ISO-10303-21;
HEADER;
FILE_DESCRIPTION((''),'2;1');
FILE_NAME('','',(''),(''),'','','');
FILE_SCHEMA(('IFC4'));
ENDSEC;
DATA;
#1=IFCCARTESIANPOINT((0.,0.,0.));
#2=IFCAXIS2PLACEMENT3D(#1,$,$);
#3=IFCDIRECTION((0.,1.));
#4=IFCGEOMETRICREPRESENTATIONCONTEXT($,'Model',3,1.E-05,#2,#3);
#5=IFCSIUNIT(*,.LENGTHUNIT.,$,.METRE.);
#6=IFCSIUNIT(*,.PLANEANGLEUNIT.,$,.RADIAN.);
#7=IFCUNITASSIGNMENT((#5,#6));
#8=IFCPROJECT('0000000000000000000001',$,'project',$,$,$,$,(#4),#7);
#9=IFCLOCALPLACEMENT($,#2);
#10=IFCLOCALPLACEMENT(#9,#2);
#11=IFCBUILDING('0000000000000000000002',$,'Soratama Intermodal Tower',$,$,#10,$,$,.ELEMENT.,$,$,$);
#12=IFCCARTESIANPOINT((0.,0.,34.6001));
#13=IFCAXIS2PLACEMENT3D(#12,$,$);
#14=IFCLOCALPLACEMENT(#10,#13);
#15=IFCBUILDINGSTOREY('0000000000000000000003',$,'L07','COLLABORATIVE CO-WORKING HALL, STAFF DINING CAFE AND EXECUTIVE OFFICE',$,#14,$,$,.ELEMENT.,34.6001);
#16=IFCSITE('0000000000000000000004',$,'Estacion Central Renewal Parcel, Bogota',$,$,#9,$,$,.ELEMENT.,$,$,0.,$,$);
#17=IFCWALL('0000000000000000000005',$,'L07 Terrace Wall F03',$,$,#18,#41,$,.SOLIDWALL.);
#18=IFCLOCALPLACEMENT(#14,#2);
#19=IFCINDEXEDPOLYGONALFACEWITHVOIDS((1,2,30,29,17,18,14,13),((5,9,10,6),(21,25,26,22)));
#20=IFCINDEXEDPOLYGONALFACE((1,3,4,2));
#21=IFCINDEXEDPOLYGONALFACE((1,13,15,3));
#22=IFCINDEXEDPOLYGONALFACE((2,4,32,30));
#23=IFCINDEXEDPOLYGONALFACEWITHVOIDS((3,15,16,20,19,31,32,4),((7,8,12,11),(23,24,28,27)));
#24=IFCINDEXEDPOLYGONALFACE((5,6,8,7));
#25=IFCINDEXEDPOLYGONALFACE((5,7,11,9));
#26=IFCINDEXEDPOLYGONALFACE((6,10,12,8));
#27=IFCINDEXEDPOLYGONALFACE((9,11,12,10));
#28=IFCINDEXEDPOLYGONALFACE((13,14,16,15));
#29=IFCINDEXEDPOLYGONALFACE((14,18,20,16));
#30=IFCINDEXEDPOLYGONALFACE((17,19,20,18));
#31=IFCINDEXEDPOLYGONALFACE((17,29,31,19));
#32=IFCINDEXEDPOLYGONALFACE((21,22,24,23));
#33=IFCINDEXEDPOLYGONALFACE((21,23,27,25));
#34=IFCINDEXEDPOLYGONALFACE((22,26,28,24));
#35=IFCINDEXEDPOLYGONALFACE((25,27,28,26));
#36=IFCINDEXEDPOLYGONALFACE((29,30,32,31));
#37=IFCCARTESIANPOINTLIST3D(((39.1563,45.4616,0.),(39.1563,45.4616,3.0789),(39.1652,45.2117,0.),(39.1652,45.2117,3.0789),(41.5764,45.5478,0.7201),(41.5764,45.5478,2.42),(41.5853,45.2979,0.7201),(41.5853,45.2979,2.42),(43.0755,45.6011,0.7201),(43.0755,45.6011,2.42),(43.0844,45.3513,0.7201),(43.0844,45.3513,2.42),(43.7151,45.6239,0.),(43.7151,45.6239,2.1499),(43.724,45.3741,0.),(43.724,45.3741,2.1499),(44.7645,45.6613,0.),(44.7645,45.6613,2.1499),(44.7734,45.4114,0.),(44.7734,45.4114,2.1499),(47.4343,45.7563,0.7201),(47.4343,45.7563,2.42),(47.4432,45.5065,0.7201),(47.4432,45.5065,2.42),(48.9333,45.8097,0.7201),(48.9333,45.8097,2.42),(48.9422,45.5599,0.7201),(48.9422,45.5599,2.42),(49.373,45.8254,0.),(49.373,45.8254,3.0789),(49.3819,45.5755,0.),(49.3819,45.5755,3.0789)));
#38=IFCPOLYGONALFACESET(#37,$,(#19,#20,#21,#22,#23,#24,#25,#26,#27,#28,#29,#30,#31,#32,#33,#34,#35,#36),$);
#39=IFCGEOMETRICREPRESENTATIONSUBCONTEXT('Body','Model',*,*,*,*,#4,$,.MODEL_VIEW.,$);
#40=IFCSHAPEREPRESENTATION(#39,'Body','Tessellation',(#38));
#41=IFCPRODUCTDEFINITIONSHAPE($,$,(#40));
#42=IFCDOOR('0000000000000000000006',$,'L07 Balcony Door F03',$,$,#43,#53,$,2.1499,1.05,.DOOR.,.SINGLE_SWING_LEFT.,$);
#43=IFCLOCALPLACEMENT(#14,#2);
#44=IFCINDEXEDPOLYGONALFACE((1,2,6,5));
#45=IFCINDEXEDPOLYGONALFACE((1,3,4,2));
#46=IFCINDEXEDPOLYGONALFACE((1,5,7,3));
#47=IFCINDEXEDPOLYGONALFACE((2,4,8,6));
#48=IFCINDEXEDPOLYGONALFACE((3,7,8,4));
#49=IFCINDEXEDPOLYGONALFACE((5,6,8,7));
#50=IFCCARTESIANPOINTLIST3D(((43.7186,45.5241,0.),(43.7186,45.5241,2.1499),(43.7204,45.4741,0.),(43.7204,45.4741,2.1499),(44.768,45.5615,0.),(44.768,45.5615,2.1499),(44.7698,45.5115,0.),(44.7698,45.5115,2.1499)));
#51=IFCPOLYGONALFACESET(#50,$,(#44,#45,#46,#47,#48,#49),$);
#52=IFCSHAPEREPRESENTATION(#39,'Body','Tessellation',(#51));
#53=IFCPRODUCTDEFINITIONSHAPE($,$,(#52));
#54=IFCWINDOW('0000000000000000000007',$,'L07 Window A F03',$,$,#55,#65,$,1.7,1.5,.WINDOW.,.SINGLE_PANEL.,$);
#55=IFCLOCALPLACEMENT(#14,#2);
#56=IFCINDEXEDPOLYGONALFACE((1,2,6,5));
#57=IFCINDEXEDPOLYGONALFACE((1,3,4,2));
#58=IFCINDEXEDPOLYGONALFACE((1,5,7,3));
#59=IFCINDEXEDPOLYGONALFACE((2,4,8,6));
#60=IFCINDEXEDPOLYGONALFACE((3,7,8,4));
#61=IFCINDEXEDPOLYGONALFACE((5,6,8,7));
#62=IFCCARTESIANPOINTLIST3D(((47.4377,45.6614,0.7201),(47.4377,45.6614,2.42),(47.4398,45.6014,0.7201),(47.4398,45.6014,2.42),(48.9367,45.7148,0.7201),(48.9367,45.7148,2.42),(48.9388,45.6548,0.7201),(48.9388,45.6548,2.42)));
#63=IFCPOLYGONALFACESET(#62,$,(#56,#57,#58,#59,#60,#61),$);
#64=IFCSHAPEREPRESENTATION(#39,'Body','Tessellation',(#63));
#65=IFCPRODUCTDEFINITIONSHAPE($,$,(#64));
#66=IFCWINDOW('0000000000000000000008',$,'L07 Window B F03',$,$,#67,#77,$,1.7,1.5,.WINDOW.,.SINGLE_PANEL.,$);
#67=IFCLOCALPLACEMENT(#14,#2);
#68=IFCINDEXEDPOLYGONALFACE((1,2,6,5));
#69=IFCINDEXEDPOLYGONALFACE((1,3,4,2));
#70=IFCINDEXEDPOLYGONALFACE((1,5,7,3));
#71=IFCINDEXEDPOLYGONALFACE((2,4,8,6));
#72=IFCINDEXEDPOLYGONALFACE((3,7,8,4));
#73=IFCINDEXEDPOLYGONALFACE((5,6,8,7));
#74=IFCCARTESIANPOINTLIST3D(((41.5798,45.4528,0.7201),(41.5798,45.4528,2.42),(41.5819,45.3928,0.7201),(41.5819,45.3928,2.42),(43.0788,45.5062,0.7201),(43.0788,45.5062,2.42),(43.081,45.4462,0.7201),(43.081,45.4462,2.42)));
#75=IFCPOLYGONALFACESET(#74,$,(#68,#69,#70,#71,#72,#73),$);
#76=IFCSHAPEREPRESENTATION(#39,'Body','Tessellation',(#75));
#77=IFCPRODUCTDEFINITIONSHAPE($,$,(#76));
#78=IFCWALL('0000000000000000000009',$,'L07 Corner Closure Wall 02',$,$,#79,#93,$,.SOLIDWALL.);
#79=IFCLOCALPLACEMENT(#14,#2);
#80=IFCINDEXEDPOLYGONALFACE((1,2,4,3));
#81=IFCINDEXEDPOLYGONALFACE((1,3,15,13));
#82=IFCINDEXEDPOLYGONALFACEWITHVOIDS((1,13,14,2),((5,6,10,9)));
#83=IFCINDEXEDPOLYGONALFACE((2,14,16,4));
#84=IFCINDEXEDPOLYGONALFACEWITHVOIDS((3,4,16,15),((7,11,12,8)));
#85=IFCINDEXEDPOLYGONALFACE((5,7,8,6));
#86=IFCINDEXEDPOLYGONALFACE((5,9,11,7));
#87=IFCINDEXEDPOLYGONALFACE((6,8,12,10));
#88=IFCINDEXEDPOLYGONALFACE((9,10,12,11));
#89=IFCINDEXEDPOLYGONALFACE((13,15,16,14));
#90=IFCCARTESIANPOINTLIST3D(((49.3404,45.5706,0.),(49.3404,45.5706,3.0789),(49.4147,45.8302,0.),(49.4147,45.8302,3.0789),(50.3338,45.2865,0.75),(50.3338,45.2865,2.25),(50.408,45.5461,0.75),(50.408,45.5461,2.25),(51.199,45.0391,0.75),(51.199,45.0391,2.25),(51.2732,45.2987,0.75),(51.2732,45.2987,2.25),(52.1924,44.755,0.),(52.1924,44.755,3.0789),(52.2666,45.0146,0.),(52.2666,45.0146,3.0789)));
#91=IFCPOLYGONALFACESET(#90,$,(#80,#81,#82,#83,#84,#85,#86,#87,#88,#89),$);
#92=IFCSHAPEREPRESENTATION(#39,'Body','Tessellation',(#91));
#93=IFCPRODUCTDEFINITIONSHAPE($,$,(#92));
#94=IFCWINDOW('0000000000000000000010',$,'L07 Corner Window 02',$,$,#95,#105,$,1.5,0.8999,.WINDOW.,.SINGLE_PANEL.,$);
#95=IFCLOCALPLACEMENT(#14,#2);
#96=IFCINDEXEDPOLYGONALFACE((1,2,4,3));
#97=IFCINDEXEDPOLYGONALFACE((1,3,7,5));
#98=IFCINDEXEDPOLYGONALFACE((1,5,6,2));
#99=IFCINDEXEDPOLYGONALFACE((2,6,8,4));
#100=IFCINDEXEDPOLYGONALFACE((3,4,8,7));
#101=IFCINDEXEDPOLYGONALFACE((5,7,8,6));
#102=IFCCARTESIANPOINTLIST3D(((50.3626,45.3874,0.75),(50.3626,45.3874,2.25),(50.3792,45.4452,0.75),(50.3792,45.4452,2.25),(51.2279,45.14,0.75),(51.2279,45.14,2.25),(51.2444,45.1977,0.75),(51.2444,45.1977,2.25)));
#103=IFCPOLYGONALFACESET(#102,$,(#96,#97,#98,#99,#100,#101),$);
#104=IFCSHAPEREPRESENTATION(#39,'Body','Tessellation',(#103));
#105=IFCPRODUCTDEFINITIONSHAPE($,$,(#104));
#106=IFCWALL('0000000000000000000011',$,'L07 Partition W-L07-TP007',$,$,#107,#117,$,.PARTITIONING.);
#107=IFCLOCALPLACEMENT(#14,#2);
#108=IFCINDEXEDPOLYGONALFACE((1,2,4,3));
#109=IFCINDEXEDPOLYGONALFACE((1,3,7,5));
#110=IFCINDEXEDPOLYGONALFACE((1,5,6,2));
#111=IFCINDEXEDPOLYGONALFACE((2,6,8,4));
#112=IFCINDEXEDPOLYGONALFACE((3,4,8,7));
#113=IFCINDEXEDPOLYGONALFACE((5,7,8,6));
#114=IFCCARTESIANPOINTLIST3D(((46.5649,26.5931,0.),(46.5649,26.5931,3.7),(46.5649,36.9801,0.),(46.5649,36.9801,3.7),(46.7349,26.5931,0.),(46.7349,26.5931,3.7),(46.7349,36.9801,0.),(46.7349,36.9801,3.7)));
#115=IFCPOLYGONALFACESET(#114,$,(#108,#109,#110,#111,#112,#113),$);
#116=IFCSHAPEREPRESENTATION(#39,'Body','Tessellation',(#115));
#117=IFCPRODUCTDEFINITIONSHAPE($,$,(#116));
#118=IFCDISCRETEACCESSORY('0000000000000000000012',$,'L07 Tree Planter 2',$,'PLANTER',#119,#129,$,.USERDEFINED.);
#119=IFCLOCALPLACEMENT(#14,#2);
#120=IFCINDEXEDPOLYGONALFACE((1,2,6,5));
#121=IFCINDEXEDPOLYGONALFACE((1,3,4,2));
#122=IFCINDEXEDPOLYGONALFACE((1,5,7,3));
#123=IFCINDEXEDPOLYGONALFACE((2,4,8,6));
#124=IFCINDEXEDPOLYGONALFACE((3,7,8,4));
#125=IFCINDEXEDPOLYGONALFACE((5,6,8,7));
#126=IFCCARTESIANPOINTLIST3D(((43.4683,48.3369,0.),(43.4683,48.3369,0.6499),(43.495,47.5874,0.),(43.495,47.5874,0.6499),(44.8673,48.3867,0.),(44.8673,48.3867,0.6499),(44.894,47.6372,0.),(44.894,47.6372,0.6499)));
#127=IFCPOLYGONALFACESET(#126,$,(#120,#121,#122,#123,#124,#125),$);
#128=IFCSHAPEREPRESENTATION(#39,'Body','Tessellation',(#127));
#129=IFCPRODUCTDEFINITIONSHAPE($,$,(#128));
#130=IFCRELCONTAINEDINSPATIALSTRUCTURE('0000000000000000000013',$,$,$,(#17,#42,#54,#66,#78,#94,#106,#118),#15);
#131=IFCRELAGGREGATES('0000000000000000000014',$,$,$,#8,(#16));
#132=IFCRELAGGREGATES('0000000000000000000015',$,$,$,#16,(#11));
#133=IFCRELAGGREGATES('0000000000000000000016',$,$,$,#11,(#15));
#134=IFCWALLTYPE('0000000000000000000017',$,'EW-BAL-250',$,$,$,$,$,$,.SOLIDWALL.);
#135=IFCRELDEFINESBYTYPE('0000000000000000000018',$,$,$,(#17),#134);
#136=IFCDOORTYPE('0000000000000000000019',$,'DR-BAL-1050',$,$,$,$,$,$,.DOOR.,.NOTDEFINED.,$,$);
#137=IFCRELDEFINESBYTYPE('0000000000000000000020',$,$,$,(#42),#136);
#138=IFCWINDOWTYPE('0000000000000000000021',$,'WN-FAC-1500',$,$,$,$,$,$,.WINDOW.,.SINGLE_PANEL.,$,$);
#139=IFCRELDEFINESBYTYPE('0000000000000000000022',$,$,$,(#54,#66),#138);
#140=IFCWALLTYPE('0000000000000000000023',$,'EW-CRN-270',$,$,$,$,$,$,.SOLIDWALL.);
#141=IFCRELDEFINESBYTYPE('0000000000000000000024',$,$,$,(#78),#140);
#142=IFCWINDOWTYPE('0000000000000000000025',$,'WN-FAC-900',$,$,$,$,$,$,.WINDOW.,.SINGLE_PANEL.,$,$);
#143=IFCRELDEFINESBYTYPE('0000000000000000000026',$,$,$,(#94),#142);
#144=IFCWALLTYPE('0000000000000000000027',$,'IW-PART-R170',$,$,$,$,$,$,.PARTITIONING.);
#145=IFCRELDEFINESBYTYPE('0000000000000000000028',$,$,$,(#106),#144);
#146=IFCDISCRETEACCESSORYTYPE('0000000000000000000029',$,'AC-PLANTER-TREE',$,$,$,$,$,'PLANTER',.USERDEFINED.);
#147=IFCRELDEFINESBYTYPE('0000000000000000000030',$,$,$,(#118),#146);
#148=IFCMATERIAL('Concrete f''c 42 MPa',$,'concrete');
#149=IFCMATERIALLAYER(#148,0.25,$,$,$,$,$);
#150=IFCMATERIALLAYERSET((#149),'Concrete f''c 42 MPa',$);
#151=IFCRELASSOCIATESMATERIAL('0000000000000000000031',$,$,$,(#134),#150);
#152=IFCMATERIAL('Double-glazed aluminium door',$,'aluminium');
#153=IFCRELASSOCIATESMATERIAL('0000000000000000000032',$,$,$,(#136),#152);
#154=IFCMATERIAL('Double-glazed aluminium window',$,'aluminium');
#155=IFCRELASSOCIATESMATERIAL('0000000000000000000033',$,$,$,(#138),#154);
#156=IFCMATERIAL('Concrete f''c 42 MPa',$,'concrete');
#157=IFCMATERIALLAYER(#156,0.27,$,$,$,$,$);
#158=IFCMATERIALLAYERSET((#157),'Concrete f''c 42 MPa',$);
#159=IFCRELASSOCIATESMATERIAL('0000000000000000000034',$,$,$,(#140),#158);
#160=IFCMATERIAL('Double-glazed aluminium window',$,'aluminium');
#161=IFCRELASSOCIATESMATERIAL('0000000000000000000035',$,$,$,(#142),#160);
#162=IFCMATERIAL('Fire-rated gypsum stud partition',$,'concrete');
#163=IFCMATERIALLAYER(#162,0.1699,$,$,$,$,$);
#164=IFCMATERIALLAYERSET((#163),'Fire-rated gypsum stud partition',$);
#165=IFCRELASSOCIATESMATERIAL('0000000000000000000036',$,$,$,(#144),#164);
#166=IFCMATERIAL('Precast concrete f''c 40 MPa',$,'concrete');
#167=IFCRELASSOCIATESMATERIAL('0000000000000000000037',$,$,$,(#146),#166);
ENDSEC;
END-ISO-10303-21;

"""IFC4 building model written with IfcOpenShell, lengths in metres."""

from ifc_helpers import new_model, si_unit, direction, frame, frame_2d, origin, origin_2d, place, context, subcontext, project, spatial, rectangle, extrude, material, layer, layer_set, type_object, element, fill, save


model = new_model("IFC4")

# Units and contexts
model_context = context("Model", 3, precision=1e-05, world=origin(), true_north=direction((0.0, 1.0)))
body_context = subcontext(model_context, "Body", "Model", "MODEL_VIEW")
ifc_project = project(units=[si_unit("LENGTHUNIT", "METRE"), si_unit("PLANEANGLEUNIT", "RADIAN")], contexts=[model_context])

# Site, building, storey
site_placement = place(None, origin())
site = spatial("IfcSite", under=ifc_project, at=site_placement, Name="Estacion Central Renewal Parcel, Bogota", CompositionType="ELEMENT", RefElevation=0.0)
building_placement = place(site_placement, origin())
building = spatial("IfcBuilding", under=site, at=building_placement, Name="Soratama Intermodal Tower", CompositionType="ELEMENT")
storey_placement = place(building_placement, frame((0.0, 0.0, 34.6001)))
storey = spatial("IfcBuildingStorey", under=building, at=storey_placement, Name="L07", Description="COLLABORATIVE CO-WORKING HALL, STAFF DINING CAFE AND EXECUTIVE OFFICE", CompositionType="ELEMENT", Elevation=34.6001)

# Wall, openings, door, windows
ifc_material_1 = material(Name="Concrete f'c 42 MPa", Category="concrete")
ifc_layer_1 = layer(ifc_material_1, 0.25)
ifc_layer_set_1 = layer_set([ifc_layer_1], Name="Concrete f'c 42 MPa")
wall_type_1 = type_object("IfcWallType", Name="EW-BAL-250", PredefinedType="SOLIDWALL", material=ifc_layer_set_1)
wall_1_placement = place(storey_placement, frame((49.3774, 45.7004, 0.0), z_axis=(0.0, 0.0, 1.0), x_axis=(-0.999367, -0.035583, 0.0)))
wall_1 = element("IfcWall", 1, at=wall_1_placement, inside=storey, type_object=wall_type_1, Name="L07 Terrace Wall F03", PredefinedType="SOLIDWALL", context=body_context, shape_type="SweptSolid", body=[
    extrude(rectangle(XDim=10.2231, YDim=0.25, at=frame_2d((5.1116, 0.0))), origin(), (0.0, 0.0, 1.0), 3.0789),
])
opening_1_placement = place(wall_1_placement, frame((4.6116, 0.0, 0.0)))
opening_1 = element("IfcOpeningElement", 2, at=opening_1_placement, cuts=wall_1, PredefinedType="OPENING", context=body_context, shape_type="SweptSolid", body=[
    extrude(rectangle(XDim=1.05, YDim=2.1499, at=frame_2d((0.5249, 1.075))), frame((0.0, 0.135, 0.0), z_axis=(0.0, -1.0, 0.0), x_axis=(1.0, 0.0, 0.0)), (0.0, 0.0, 1.0), 0.27),
])
opening_2_placement = place(wall_1_placement, frame((0.4399, 0.0, 0.72)))
opening_2 = element("IfcOpeningElement", 3, at=opening_2_placement, cuts=wall_1, PredefinedType="OPENING", context=body_context, shape_type="SweptSolid", body=[
    extrude(rectangle(XDim=1.5, YDim=1.7, at=frame_2d((0.75, 0.8501))), frame((0.0, 0.135, 0.0), z_axis=(0.0, -1.0, 0.0), x_axis=(1.0, 0.0, 0.0)), (0.0, 0.0, 1.0), 0.27),
])
opening_3_placement = place(wall_1_placement, frame((6.3015, 0.0, 0.72)))
opening_3 = element("IfcOpeningElement", 4, at=opening_3_placement, cuts=wall_1, PredefinedType="OPENING", context=body_context, shape_type="SweptSolid", body=[
    extrude(rectangle(XDim=1.5, YDim=1.7, at=frame_2d((0.75, 0.8501))), frame((0.0, 0.135, 0.0), z_axis=(0.0, -1.0, 0.0), x_axis=(1.0, 0.0, 0.0)), (0.0, 0.0, 1.0), 0.27),
])
ifc_material_2 = material(Name="Double-glazed aluminium door", Category="aluminium")
door_type = type_object("IfcDoorType", Name="DR-BAL-1050", OperationType="NOTDEFINED", PredefinedType="DOOR", material=ifc_material_2)
door_placement = place(opening_1_placement, origin())
door = element("IfcDoor", 5, at=door_placement, inside=storey, type_object=door_type, Name="L07 Balcony Door F03", OperationType="SINGLE_SWING_LEFT", OverallHeight=2.1499, OverallWidth=1.05, PredefinedType="DOOR", context=body_context, shape_type="SweptSolid", body=[
    extrude(rectangle(XDim=1.05, YDim=2.1499, at=frame_2d((0.5249, 1.075))), frame((0.0, 0.0249, 0.0), z_axis=(0.0, -1.0, 0.0), x_axis=(1.0, 0.0, 0.0)), (0.0, 0.0, 1.0), 0.05),
])
fill(opening_1, door)
ifc_material_3 = material(Name="Double-glazed aluminium window", Category="aluminium")
window_type_1 = type_object("IfcWindowType", Name="WN-FAC-1500", PartitioningType="SINGLE_PANEL", PredefinedType="WINDOW", material=ifc_material_3)
window_1_placement = place(opening_2_placement, origin())
window_1 = element("IfcWindow", 6, at=window_1_placement, inside=storey, type_object=window_type_1, Name="L07 Window A F03", OverallHeight=1.7, OverallWidth=1.5, PartitioningType="SINGLE_PANEL", PredefinedType="WINDOW", context=body_context, shape_type="SweptSolid", body=[
    extrude(rectangle(XDim=1.5, YDim=1.7, at=frame_2d((0.75, 0.8501))), frame((0.0, 0.03, 0.0), z_axis=(0.0, -1.0, 0.0), x_axis=(1.0, 0.0, 0.0)), (0.0, 0.0, 1.0), 0.0601),
])
fill(opening_2, window_1)
window_2_placement = place(opening_3_placement, origin())
window_2 = element("IfcWindow", 7, at=window_2_placement, inside=storey, type_object=window_type_1, Name="L07 Window B F03", OverallHeight=1.7, OverallWidth=1.5, PartitioningType="SINGLE_PANEL", PredefinedType="WINDOW", context=body_context, shape_type="SweptSolid", body=[
    extrude(rectangle(XDim=1.5, YDim=1.7, at=frame_2d((0.75, 0.8501))), frame((0.0, 0.03, 0.0), z_axis=(0.0, -1.0, 0.0), x_axis=(1.0, 0.0, 0.0)), (0.0, 0.0, 1.0), 0.0601),
])
fill(opening_3, window_2)

# Wall, opening, window
ifc_material_4 = material(Name="Concrete f'c 42 MPa", Category="concrete")
ifc_layer_2 = layer(ifc_material_4, 0.27)
ifc_layer_set_2 = layer_set([ifc_layer_2], Name="Concrete f'c 42 MPa")
wall_type_2 = type_object("IfcWallType", Name="EW-CRN-270", PredefinedType="SOLIDWALL", material=ifc_layer_set_2)
wall_2_placement = place(storey_placement, frame((52.2295, 44.8848, 0.0), z_axis=(0.0, 0.0, 1.0), x_axis=(-0.961452, 0.274971, 0.0)))
wall_2 = element("IfcWall", 8, at=wall_2_placement, inside=storey, type_object=wall_type_2, Name="L07 Corner Closure Wall 02", PredefinedType="SOLIDWALL", context=body_context, shape_type="SweptSolid", body=[
    extrude(rectangle(XDim=2.9663, YDim=0.27, at=frame_2d((1.4832, 0.0))), origin(), (0.0, 0.0, 1.0), 3.0789),
])
opening_4_placement = place(wall_2_placement, frame((1.0332, 0.0, 0.75)))
opening_4 = element("IfcOpeningElement", 9, at=opening_4_placement, cuts=wall_2, PredefinedType="OPENING", context=body_context, shape_type="SweptSolid", body=[
    extrude(rectangle(XDim=0.8999, YDim=1.5, at=frame_2d((0.45, 0.75))), frame((0.0, 0.145, 0.0), z_axis=(0.0, -1.0, 0.0), x_axis=(1.0, 0.0, 0.0)), (0.0, 0.0, 1.0), 0.29),
])
ifc_material_5 = material(Name="Double-glazed aluminium window", Category="aluminium")
window_type_2 = type_object("IfcWindowType", Name="WN-FAC-900", PartitioningType="SINGLE_PANEL", PredefinedType="WINDOW", material=ifc_material_5)
window_3_placement = place(opening_4_placement, origin())
window_3 = element("IfcWindow", 10, at=window_3_placement, inside=storey, type_object=window_type_2, Name="L07 Corner Window 02", OverallHeight=1.5, OverallWidth=0.8999, PartitioningType="SINGLE_PANEL", PredefinedType="WINDOW", context=body_context, shape_type="SweptSolid", body=[
    extrude(rectangle(XDim=0.8999, YDim=1.5, at=frame_2d((0.45, 0.75))), frame((0.0, 0.03, 0.0), z_axis=(0.0, -1.0, 0.0), x_axis=(1.0, 0.0, 0.0)), (0.0, 0.0, 1.0), 0.0601),
])
fill(opening_4, window_3)

# Wall
ifc_material_6 = material(Name="Fire-rated gypsum stud partition", Category="concrete")
ifc_layer_3 = layer(ifc_material_6, 0.1699)
ifc_layer_set_3 = layer_set([ifc_layer_3], Name="Fire-rated gypsum stud partition")
wall_type_3 = type_object("IfcWallType", Name="IW-PART-R170", PredefinedType="PARTITIONING", material=ifc_layer_set_3)
wall_3_placement = place(storey_placement, frame((46.6499, 36.98, 0.0), z_axis=(0.0, 0.0, 1.0), x_axis=(0.0, -1.0, 0.0)))
element("IfcWall", 11, at=wall_3_placement, inside=storey, type_object=wall_type_3, Name="L07 Partition W-L07-TP007", PredefinedType="PARTITIONING", context=body_context, shape_type="SweptSolid", body=[
    extrude(rectangle(XDim=10.387, YDim=0.1699, at=frame_2d((5.1934, 0.0))), origin(), (0.0, 0.0, 1.0), 3.7),
])

# Discrete accessory
ifc_material_7 = material(Name="Precast concrete f'c 40 MPa", Category="concrete")
discrete_accessory_type = type_object("IfcDiscreteAccessoryType", Name="AC-PLANTER-TREE", ElementType="PLANTER", PredefinedType="USERDEFINED", material=ifc_material_7)
discrete_accessory_placement = place(storey_placement, frame((44.1812, 47.9871, 0.0), z_axis=(0.0, 0.0, 1.0), x_axis=(-0.035597, 0.999366, 0.0)))
element("IfcDiscreteAccessory", 12, at=discrete_accessory_placement, inside=storey, type_object=discrete_accessory_type, Name="L07 Tree Planter 2", ObjectType="PLANTER", PredefinedType="USERDEFINED", context=body_context, shape_type="SweptSolid", body=[
    extrude(rectangle(XDim=0.75, YDim=1.3999, at=origin_2d()), origin(), (0.0, 0.0, 1.0), 0.6499),
])

save(model, "model.ifc")
